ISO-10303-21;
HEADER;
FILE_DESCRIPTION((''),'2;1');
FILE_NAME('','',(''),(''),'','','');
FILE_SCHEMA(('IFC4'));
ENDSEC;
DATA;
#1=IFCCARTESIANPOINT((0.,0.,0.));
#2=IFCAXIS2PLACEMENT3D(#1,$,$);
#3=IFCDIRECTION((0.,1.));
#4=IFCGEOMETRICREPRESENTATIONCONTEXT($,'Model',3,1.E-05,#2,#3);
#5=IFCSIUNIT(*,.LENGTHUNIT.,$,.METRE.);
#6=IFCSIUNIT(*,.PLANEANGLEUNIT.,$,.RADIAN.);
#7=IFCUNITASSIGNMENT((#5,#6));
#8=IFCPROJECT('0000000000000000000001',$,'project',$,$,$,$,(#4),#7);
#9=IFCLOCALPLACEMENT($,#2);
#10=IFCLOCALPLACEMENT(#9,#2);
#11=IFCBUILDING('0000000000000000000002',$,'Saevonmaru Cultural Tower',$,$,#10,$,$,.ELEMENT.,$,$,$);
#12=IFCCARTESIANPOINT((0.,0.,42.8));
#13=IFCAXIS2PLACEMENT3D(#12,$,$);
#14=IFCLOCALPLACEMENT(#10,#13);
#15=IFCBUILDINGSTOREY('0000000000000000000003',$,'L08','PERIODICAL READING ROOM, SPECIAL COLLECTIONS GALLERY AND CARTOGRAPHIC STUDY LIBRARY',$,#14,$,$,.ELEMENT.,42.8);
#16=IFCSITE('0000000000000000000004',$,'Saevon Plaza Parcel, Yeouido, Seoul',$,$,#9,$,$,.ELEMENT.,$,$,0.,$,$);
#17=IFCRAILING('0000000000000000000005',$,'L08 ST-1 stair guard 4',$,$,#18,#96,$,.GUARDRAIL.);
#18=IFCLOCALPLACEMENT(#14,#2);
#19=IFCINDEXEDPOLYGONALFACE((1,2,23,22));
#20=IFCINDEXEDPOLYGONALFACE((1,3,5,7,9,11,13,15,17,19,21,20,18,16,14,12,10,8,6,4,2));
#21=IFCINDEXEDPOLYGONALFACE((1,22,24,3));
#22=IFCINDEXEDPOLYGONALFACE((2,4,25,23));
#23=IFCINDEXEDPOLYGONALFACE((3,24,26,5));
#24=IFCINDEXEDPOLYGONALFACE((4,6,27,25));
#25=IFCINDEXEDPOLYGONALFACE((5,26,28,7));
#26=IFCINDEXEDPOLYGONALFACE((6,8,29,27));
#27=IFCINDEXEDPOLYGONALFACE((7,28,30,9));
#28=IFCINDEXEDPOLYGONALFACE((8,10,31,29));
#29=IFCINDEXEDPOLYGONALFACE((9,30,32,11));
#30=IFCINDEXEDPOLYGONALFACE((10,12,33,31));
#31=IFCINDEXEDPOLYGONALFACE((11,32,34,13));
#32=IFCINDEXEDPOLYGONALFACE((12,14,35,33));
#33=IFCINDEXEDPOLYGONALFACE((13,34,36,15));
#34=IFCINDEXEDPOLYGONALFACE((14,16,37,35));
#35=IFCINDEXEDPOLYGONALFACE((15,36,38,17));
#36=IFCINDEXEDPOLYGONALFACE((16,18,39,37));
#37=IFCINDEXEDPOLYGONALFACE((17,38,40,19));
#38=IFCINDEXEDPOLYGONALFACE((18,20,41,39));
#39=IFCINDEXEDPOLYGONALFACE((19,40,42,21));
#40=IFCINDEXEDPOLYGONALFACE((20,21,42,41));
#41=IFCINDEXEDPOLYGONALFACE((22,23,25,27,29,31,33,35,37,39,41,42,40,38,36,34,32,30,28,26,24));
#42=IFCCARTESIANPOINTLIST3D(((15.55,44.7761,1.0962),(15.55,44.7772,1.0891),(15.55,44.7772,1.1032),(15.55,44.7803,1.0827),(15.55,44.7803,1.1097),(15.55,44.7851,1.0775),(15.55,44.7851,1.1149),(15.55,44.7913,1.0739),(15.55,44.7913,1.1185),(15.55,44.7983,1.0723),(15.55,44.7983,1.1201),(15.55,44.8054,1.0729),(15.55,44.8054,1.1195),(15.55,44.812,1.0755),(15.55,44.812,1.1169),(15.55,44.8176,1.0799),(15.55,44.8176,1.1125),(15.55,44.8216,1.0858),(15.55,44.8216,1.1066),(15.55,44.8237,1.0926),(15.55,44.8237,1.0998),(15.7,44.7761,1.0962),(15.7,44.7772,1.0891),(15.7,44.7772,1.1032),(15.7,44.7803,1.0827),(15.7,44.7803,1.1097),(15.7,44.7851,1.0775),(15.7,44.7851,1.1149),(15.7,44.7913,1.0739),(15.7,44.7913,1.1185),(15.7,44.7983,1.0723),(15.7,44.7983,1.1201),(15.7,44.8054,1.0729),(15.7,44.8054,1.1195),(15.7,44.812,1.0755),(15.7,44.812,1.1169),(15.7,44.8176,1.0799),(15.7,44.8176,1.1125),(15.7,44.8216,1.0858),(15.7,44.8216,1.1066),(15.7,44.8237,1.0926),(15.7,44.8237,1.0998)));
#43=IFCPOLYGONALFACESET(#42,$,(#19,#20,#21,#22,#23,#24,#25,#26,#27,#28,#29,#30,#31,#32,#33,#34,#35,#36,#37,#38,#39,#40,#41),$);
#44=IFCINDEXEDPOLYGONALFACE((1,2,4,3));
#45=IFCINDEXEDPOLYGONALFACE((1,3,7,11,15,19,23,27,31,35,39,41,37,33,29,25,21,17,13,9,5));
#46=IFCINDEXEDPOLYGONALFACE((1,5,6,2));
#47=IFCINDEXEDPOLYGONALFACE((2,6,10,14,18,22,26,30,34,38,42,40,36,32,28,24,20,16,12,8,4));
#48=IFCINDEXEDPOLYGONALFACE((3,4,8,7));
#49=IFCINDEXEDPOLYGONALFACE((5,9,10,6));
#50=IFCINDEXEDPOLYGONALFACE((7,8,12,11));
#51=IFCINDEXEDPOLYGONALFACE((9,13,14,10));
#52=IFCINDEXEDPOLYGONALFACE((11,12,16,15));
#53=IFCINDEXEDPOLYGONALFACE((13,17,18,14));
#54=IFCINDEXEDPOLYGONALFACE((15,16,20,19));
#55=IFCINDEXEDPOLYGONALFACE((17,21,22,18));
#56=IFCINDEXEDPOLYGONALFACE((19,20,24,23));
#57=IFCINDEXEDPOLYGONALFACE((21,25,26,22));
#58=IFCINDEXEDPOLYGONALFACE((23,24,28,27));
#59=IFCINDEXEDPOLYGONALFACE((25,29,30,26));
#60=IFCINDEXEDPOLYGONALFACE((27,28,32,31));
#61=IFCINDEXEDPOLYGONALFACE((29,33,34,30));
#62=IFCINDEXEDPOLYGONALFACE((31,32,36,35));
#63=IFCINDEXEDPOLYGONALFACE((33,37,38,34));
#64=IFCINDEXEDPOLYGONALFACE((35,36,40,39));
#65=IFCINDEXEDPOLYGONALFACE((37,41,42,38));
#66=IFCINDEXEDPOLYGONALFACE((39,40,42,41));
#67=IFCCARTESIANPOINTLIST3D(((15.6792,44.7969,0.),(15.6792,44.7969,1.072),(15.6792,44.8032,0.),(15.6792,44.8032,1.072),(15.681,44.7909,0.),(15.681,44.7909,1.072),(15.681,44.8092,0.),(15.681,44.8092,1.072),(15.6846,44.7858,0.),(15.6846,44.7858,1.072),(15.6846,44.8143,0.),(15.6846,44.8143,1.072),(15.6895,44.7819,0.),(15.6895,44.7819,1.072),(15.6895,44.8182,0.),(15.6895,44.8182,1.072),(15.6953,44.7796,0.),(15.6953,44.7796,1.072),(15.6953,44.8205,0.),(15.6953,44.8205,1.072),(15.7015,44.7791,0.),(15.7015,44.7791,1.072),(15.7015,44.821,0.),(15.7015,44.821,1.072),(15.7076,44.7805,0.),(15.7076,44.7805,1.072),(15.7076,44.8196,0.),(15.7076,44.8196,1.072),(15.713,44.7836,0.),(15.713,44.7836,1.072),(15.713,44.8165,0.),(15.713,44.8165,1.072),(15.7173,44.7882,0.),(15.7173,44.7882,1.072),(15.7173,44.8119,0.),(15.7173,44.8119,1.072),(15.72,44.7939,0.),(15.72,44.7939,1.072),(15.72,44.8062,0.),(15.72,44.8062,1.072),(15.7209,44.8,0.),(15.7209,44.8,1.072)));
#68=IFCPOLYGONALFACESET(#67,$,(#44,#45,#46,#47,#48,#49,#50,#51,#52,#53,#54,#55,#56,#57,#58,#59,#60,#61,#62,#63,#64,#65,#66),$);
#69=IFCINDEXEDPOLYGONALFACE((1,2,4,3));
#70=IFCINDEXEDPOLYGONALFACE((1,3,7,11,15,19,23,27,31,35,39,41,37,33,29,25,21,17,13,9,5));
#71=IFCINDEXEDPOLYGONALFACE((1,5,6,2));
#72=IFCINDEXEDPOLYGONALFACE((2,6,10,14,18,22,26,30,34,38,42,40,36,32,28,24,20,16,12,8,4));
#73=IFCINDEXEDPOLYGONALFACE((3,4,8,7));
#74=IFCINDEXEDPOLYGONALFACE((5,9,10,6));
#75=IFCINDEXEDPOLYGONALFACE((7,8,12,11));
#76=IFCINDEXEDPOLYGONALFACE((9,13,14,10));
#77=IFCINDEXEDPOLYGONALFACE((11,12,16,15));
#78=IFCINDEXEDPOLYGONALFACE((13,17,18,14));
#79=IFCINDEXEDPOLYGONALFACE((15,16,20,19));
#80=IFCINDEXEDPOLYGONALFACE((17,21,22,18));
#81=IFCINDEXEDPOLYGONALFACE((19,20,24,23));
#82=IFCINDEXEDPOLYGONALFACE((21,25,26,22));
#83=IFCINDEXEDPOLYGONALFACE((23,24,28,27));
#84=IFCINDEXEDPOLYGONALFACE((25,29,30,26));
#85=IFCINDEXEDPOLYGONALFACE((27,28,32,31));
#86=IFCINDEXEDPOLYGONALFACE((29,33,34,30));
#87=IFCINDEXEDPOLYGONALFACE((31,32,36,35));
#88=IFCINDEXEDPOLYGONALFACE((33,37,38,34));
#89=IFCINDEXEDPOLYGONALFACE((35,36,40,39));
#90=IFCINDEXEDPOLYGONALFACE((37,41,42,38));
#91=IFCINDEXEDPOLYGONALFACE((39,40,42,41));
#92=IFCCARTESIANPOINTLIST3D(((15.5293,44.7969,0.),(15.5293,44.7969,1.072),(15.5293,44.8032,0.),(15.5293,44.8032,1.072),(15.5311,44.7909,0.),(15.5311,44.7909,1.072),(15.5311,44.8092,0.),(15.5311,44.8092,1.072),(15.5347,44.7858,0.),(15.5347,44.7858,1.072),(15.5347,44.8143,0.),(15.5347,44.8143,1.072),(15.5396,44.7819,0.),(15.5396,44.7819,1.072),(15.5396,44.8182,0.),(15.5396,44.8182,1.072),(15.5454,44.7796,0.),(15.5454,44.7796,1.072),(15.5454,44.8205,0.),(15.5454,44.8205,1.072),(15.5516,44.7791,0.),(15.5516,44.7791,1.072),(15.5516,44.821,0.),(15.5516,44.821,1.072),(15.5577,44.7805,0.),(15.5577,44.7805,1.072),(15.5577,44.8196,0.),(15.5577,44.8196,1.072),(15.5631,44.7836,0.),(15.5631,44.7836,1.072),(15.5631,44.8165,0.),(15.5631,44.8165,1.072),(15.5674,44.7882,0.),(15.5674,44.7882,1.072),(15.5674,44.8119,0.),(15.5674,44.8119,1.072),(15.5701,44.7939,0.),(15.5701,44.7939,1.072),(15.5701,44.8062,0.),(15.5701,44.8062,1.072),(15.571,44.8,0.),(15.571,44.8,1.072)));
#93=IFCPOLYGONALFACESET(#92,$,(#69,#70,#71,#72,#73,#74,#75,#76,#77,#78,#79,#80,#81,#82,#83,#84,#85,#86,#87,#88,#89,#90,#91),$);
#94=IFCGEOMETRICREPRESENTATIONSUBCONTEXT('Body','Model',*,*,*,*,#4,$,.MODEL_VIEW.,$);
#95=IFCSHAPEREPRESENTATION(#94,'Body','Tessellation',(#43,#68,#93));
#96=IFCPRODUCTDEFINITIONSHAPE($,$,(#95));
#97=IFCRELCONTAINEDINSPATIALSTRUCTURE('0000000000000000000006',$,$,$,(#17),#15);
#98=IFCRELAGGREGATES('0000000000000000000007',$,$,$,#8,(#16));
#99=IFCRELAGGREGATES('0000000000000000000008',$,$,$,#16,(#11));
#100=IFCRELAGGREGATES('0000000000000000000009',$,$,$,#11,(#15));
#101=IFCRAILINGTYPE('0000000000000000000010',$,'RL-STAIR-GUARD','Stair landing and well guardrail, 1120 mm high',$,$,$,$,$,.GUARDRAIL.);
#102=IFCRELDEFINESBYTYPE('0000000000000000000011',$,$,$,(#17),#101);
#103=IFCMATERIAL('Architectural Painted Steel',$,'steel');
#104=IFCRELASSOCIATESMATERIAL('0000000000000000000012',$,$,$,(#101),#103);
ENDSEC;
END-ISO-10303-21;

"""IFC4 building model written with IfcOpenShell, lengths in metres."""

from ifc_helpers import new_model, si_unit, direction, frame, origin, origin_2d, place, context, subcontext, project, spatial, circle, extrude, material, type_object, element, save


model = new_model("IFC4")

# Units and contexts
model_context = context("Model", 3, precision=1e-05, world=origin(), true_north=direction((0.0, 1.0)))
body_context = subcontext(model_context, "Body", "Model", "MODEL_VIEW")
ifc_project = project(units=[si_unit("LENGTHUNIT", "METRE"), si_unit("PLANEANGLEUNIT", "RADIAN")], contexts=[model_context])

# Site, building, storey
site_placement = place(None, origin())
site = spatial("IfcSite", under=ifc_project, at=site_placement, Name="Saevon Plaza Parcel, Yeouido, Seoul", CompositionType="ELEMENT", RefElevation=0.0)
building_placement = place(site_placement, origin())
building = spatial("IfcBuilding", under=site, at=building_placement, Name="Saevonmaru Cultural Tower", CompositionType="ELEMENT")
storey_placement = place(building_placement, frame((0.0, 0.0, 42.8)))
storey = spatial("IfcBuildingStorey", under=building, at=storey_placement, Name="L08", Description="PERIODICAL READING ROOM, SPECIAL COLLECTIONS GALLERY AND CARTOGRAPHIC STUDY LIBRARY", CompositionType="ELEMENT", Elevation=42.8)

# Railing
ifc_material_1 = material(Name="Architectural Painted Steel", Category="steel")
railing_type_1 = type_object("IfcRailingType", Name="RL-STAIR-GUARD", Description="Stair landing and well guardrail, 1120 mm high", PredefinedType="GUARDRAIL", material=ifc_material_1)
railing_1_placement = place(storey_placement, frame((15.7, 44.8, 0.0)))
element("IfcRailing", 1, at=railing_1_placement, inside=storey, type_object=railing_type_1, Name="L08 ST-1 stair guard 4", PredefinedType="GUARDRAIL", context=body_context, shape_type="SweptSolid", body=[
    extrude(circle(Radius=0.0239, at=origin_2d()), frame((0.0, 0.0, 1.0962), z_axis=(-1.0, 0.0, 0.0), x_axis=(0.0, -1.0, 0.0)), (0.0, 0.0, 1.0), 0.1499),
    extrude(circle(Radius=0.021, at=origin_2d()), origin(), (0.0, 0.0, 1.0), 1.072),
    extrude(circle(Radius=0.021, at=origin_2d()), frame((-0.1499, 0.0, 0.0)), (0.0, 0.0, 1.0), 1.072),
])

save(model, "model.ifc")
